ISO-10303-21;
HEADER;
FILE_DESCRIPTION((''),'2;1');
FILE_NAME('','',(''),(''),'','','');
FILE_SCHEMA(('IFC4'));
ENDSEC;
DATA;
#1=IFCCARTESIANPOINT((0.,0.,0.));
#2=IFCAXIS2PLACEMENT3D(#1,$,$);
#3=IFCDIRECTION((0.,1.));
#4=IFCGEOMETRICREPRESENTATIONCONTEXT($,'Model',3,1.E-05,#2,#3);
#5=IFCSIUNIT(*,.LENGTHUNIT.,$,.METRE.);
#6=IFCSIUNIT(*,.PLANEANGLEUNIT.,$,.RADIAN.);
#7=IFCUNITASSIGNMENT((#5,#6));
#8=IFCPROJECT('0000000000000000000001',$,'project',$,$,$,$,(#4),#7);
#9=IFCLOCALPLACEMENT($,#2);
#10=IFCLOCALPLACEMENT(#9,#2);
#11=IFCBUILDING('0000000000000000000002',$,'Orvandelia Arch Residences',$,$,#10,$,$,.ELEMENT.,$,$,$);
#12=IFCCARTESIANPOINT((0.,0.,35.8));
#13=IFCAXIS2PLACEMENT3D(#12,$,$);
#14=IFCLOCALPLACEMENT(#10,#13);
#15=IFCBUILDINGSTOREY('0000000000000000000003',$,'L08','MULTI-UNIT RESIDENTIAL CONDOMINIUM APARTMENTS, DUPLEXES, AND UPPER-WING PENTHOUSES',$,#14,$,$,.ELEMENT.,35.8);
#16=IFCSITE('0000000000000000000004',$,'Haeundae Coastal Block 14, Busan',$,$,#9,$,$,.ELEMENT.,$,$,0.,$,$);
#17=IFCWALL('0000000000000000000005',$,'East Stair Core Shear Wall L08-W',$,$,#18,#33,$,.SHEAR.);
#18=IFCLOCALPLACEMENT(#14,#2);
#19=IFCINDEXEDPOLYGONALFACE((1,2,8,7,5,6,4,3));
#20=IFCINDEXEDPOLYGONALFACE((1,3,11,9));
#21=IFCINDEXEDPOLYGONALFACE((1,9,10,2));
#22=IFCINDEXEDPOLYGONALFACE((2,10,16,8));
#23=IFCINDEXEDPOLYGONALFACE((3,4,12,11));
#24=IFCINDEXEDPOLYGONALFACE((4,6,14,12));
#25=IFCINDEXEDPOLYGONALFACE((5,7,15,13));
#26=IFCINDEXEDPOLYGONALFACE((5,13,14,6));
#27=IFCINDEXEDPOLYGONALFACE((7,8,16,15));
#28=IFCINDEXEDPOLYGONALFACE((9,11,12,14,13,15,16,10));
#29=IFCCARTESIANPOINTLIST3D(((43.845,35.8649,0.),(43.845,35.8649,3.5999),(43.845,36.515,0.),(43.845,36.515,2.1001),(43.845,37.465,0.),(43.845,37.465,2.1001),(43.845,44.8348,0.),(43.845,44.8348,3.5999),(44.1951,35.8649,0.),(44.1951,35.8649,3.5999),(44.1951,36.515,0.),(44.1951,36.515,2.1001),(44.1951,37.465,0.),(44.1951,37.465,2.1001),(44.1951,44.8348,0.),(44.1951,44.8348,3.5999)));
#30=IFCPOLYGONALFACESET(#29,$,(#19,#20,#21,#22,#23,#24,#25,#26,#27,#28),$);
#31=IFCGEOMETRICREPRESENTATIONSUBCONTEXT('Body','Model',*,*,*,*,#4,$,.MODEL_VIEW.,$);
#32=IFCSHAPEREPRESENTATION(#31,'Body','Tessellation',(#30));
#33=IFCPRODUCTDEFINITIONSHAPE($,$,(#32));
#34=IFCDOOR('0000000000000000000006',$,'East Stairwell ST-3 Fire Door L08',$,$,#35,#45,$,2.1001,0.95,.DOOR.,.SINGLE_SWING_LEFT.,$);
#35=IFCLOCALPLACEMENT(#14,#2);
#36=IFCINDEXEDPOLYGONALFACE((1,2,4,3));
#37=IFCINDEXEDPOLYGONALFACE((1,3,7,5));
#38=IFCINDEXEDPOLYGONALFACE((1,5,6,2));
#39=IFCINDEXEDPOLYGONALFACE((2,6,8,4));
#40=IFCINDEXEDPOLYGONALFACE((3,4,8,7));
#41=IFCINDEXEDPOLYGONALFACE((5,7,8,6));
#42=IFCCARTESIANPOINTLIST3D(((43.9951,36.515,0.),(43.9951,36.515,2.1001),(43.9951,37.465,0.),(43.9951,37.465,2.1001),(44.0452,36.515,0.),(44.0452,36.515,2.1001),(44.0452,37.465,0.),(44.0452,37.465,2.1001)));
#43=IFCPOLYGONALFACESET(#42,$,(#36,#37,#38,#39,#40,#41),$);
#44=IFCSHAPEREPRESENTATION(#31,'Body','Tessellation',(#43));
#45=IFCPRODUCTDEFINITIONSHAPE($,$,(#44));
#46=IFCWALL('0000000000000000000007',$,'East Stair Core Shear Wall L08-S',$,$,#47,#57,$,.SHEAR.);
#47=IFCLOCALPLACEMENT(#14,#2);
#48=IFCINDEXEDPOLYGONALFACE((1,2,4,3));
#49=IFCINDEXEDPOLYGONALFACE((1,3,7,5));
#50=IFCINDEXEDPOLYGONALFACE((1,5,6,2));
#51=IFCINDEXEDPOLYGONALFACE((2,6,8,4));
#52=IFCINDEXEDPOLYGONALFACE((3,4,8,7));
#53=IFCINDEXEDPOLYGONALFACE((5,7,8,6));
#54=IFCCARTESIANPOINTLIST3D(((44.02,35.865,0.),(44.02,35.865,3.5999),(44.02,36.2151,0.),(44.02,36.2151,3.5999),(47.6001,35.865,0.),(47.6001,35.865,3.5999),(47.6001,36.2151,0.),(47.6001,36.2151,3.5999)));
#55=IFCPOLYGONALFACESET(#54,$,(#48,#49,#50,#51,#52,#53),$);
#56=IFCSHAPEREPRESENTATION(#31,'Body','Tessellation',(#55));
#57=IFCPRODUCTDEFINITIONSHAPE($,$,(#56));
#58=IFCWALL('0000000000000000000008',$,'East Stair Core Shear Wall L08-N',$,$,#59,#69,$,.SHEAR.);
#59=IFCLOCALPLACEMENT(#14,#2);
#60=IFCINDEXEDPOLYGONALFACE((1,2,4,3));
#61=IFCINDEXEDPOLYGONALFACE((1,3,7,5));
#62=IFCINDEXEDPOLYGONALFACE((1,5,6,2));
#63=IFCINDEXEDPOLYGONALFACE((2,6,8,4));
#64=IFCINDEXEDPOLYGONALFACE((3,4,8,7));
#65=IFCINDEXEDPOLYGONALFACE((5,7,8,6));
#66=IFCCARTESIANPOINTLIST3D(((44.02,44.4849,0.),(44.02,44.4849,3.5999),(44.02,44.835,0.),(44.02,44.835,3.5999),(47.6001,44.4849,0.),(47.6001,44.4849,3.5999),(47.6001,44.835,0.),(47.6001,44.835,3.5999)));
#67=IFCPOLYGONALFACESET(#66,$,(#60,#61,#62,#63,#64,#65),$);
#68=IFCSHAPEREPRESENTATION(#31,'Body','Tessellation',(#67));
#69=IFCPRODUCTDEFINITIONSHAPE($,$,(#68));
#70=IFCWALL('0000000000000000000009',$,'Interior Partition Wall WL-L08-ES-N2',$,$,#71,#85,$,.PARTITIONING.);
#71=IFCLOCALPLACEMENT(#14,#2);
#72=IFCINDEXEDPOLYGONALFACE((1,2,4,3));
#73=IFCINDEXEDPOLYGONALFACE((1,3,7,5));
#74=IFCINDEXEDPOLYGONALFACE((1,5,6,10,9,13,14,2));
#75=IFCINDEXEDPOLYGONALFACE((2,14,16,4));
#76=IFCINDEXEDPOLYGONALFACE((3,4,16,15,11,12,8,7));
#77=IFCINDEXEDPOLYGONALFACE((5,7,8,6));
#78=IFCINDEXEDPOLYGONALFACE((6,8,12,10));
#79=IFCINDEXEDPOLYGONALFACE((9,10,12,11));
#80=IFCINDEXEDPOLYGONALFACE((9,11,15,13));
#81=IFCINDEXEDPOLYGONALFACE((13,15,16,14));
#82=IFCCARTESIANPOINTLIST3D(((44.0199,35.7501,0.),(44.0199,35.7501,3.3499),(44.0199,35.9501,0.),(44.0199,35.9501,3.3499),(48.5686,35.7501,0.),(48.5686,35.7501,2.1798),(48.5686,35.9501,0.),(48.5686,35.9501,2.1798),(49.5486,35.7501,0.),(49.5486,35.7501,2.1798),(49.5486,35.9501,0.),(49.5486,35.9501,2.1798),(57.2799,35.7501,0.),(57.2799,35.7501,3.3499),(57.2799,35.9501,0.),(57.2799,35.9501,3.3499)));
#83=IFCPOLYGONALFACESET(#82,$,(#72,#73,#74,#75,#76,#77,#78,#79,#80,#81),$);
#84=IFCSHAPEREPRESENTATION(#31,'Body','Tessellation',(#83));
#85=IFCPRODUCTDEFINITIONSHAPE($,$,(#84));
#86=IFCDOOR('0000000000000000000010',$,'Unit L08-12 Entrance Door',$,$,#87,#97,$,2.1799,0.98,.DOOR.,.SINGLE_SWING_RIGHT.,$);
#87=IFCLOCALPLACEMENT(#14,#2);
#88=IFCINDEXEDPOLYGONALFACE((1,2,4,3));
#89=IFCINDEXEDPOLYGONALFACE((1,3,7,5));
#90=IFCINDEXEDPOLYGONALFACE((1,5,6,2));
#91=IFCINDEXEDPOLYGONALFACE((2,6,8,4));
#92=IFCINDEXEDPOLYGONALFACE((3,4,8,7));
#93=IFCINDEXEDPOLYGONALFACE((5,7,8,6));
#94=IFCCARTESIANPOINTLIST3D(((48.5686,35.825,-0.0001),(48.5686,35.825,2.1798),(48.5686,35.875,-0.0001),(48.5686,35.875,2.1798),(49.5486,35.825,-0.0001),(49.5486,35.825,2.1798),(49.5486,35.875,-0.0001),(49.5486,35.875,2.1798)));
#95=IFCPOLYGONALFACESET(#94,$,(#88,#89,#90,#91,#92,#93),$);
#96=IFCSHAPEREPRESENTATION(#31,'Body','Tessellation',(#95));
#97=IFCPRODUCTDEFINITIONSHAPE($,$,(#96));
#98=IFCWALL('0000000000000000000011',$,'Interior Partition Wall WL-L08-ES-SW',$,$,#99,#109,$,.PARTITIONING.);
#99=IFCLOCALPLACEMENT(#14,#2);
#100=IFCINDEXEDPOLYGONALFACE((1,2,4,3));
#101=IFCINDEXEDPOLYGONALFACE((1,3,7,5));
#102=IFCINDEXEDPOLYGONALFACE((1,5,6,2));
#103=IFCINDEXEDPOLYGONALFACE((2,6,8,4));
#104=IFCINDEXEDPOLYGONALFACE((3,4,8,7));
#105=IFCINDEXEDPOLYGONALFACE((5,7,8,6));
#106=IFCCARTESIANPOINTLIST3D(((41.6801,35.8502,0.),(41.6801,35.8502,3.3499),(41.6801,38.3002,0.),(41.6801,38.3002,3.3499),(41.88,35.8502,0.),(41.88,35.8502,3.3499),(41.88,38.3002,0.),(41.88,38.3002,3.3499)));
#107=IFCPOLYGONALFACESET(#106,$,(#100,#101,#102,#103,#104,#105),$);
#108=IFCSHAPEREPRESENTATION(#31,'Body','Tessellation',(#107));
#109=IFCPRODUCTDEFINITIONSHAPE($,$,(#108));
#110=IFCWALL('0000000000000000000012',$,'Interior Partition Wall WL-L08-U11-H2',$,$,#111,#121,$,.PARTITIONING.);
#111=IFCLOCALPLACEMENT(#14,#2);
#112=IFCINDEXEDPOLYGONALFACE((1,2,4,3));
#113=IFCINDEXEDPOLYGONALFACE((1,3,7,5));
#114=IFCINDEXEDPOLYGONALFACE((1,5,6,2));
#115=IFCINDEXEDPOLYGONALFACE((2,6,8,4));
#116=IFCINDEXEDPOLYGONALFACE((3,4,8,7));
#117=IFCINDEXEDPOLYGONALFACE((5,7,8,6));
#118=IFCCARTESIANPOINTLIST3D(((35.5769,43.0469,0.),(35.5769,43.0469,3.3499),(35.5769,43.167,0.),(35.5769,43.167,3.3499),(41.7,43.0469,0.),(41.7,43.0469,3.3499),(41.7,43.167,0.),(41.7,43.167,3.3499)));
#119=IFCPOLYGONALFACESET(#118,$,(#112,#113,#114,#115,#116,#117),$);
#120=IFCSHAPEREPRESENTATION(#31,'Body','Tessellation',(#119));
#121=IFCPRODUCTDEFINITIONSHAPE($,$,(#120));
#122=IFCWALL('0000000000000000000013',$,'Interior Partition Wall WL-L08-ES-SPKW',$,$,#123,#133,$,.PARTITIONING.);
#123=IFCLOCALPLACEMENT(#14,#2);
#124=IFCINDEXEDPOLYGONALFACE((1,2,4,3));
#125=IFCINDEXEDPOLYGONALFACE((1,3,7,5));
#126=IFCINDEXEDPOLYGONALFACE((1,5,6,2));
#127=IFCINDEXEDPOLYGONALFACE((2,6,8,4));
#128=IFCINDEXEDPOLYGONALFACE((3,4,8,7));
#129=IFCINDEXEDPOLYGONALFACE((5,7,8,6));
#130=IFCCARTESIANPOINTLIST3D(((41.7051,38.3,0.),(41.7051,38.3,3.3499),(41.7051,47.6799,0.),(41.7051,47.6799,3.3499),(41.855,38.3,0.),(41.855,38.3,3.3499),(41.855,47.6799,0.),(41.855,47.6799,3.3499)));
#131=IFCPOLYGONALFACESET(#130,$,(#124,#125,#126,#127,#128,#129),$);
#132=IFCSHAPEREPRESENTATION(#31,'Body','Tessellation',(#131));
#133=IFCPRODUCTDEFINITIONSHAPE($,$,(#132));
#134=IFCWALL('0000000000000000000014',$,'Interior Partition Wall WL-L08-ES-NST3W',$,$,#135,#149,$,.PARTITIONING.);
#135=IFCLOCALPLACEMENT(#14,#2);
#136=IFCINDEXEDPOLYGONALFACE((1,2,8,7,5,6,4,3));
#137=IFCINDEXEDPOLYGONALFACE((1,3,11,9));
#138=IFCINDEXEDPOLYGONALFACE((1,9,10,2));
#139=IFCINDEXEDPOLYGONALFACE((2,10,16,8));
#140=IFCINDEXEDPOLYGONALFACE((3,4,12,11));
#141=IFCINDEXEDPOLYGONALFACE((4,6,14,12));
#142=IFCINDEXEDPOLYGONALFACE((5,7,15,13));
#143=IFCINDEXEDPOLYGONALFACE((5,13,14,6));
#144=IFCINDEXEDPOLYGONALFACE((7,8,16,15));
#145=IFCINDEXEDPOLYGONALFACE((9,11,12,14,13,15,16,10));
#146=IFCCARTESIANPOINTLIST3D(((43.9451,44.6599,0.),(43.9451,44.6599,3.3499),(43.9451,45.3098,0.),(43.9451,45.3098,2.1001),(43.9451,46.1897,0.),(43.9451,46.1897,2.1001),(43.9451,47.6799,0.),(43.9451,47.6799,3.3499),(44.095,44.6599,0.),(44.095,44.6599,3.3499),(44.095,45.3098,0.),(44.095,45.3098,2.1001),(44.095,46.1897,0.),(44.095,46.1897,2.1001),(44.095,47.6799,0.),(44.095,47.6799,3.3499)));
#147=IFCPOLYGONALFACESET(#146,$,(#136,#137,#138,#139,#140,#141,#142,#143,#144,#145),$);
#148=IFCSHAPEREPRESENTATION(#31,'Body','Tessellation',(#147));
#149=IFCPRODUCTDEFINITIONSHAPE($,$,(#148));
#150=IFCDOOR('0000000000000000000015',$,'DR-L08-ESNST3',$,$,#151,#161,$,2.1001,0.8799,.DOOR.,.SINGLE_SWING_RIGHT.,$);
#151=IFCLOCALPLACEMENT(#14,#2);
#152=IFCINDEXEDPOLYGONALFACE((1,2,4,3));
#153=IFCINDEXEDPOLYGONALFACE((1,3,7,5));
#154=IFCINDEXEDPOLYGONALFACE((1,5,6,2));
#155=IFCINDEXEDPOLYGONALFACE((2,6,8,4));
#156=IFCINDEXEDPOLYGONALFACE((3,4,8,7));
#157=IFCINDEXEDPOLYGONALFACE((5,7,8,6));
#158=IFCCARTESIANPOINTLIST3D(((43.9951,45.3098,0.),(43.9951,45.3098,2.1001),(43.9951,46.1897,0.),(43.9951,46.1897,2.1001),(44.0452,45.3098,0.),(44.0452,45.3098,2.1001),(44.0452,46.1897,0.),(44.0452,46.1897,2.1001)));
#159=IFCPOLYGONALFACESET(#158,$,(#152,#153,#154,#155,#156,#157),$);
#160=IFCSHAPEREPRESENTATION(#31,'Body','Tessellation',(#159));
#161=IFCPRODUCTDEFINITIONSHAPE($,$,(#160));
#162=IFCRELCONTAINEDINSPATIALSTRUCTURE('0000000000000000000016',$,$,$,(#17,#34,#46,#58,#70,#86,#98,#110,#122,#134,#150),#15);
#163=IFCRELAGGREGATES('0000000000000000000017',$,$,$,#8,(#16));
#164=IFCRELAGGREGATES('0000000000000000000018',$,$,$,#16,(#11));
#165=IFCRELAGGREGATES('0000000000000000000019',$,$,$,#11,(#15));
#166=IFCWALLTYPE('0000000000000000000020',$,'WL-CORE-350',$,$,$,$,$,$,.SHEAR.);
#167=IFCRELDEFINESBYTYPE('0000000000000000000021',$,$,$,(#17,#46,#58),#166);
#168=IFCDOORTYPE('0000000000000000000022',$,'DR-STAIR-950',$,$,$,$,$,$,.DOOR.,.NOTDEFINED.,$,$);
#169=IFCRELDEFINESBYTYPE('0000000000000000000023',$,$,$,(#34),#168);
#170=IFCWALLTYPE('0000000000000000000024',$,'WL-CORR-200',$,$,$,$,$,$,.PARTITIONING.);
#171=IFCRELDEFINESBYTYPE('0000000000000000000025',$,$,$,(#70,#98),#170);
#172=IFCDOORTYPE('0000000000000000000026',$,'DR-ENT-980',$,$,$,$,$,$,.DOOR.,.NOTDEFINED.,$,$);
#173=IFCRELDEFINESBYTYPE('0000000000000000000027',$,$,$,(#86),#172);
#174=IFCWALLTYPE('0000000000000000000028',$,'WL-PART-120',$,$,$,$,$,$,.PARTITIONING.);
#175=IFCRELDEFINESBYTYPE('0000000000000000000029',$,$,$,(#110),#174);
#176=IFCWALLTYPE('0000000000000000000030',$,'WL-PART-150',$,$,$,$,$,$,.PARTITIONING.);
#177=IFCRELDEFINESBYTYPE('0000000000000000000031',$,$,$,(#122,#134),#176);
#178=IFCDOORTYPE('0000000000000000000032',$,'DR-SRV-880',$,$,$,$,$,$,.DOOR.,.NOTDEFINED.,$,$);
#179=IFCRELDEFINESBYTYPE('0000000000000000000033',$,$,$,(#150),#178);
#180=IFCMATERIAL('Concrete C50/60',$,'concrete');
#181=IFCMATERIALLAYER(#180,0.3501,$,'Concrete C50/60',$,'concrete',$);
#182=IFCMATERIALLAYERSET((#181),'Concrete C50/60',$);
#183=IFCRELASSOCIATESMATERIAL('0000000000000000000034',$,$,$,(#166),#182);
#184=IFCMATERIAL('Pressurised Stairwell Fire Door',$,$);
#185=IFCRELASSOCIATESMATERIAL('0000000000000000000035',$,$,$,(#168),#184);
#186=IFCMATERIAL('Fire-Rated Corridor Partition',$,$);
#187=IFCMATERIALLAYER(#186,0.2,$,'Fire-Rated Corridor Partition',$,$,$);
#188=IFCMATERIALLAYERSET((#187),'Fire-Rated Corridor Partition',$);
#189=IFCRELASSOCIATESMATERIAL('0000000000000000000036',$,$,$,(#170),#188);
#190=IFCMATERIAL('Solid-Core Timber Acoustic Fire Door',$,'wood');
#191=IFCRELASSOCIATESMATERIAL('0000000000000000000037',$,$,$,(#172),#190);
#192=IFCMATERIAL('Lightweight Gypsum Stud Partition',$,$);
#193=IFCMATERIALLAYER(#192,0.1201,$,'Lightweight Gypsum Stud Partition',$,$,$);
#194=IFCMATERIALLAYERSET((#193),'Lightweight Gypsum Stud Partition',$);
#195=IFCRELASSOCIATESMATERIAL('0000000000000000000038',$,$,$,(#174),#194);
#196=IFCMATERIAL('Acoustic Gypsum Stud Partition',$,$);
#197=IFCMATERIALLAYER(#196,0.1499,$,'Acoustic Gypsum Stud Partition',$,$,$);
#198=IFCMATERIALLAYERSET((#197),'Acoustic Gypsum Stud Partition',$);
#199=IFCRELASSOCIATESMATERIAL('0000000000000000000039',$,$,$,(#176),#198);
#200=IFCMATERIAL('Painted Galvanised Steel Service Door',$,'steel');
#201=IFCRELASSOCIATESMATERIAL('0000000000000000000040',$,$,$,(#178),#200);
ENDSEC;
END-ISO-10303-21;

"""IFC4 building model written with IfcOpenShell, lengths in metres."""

from ifc_helpers import new_model, si_unit, direction, frame, frame_2d, origin, place, context, subcontext, project, spatial, rectangle, extrude, material, layer, layer_set, type_object, element, fill, save


model = new_model("IFC4")

# Units and contexts
model_context = context("Model", 3, precision=1e-05, world=origin(), true_north=direction((0.0, 1.0)))
body_context = subcontext(model_context, "Body", "Model", "MODEL_VIEW")
ifc_project = project(units=[si_unit("LENGTHUNIT", "METRE"), si_unit("PLANEANGLEUNIT", "RADIAN")], contexts=[model_context])

# Site, building, storey
site_placement = place(None, origin())
site = spatial("IfcSite", under=ifc_project, at=site_placement, Name="Haeundae Coastal Block 14, Busan", CompositionType="ELEMENT", RefElevation=0.0)
building_placement = place(site_placement, origin())
building = spatial("IfcBuilding", under=site, at=building_placement, Name="Orvandelia Arch Residences", CompositionType="ELEMENT")
storey_placement = place(building_placement, frame((0.0, 0.0, 35.8)))
storey = spatial("IfcBuildingStorey", under=building, at=storey_placement, Name="L08", Description="MULTI-UNIT RESIDENTIAL CONDOMINIUM APARTMENTS, DUPLEXES, AND UPPER-WING PENTHOUSES", CompositionType="ELEMENT", Elevation=35.8)

# Wall, opening, door
ifc_material_1 = material(Name="Concrete C50/60", Category="concrete")
ifc_layer_1 = layer(ifc_material_1, 0.3501, Name="Concrete C50/60", Category="concrete")
ifc_layer_set_1 = layer_set([ifc_layer_1], Name="Concrete C50/60")
wall_type_1 = type_object("IfcWallType", Name="WL-CORE-350", PredefinedType="SHEAR", material=ifc_layer_set_1)
wall_1_placement = place(storey_placement, frame((44.02, 35.865, 0.0), z_axis=(0.0, 0.0, 1.0), x_axis=(0.0, 1.0, 0.0)))
wall_1 = element("IfcWall", 1, at=wall_1_placement, inside=storey, type_object=wall_type_1, Name="East Stair Core Shear Wall L08-W", PredefinedType="SHEAR", context=body_context, shape_type="SweptSolid", body=[
    extrude(rectangle(XDim=8.97, YDim=0.3501, at=frame_2d((4.4849, 0.0))), origin(), (0.0, 0.0, 1.0), 3.5999),
])
opening_1_placement = place(wall_1_placement, frame((0.6499, 0.0, 0.0)))
opening_1 = element("IfcOpeningElement", 2, at=opening_1_placement, cuts=wall_1, PredefinedType="OPENING", context=body_context, shape_type="SweptSolid", body=[
    extrude(rectangle(XDim=0.95, YDim=2.1001, at=frame_2d((0.4751, 1.05))), frame((0.0, 0.1851, 0.0), z_axis=(0.0, -1.0, 0.0), x_axis=(1.0, 0.0, 0.0)), (0.0, 0.0, 1.0), 0.3701),
])
ifc_material_2 = material(Name="Pressurised Stairwell Fire Door")
door_type_1 = type_object("IfcDoorType", Name="DR-STAIR-950", OperationType="NOTDEFINED", PredefinedType="DOOR", material=ifc_material_2)
door_1_placement = place(opening_1_placement, origin())
door_1 = element("IfcDoor", 3, at=door_1_placement, inside=storey, type_object=door_type_1, Name="East Stairwell ST-3 Fire Door L08", OperationType="SINGLE_SWING_LEFT", OverallHeight=2.1001, OverallWidth=0.95, PredefinedType="DOOR", context=body_context, shape_type="SweptSolid", body=[
    extrude(rectangle(XDim=0.95, YDim=2.1001, at=frame_2d((0.4751, 1.05))), frame((0.0, 0.0249, 0.0), z_axis=(0.0, -1.0, 0.0), x_axis=(1.0, 0.0, 0.0)), (0.0, 0.0, 1.0), 0.05),
])
fill(opening_1, door_1)

# Walls
for number, where, z_axis, x_axis, name in (
    (4, (44.02, 36.04, 0.0), (0.0, 0.0, 1.0), (1.0, 0.0, 0.0), "East Stair Core Shear Wall L08-S"),
    (5, (44.02, 44.6599, 0.0), (0.0, 0.0, 1.0), (1.0, 0.0, 0.0), "East Stair Core Shear Wall L08-N"),
):
    element("IfcWall", number, at=place(storey_placement, frame(where, z_axis=z_axis, x_axis=x_axis)), inside=storey, type_object=wall_type_1, Name=name, PredefinedType="SHEAR", context=body_context, shape_type="SweptSolid", body=[
        extrude(rectangle(XDim=3.5801, YDim=0.3501, at=frame_2d((1.79, 0.0))), origin(), (0.0, 0.0, 1.0), 3.5999),
    ])

# Wall, opening, door
ifc_material_3 = material(Name="Fire-Rated Corridor Partition")
ifc_layer_2 = layer(ifc_material_3, 0.2, Name="Fire-Rated Corridor Partition")
ifc_layer_set_2 = layer_set([ifc_layer_2], Name="Fire-Rated Corridor Partition")
wall_type_2 = type_object("IfcWallType", Name="WL-CORR-200", PredefinedType="PARTITIONING", material=ifc_layer_set_2)
wall_2_placement = place(storey_placement, frame((44.02, 35.8501, 0.0), z_axis=(0.0, 0.0, 1.0), x_axis=(1.0, 0.0, 0.0)))
wall_2 = element("IfcWall", 6, at=wall_2_placement, inside=storey, type_object=wall_type_2, Name="Interior Partition Wall WL-L08-ES-N2", PredefinedType="PARTITIONING", context=body_context, shape_type="SweptSolid", body=[
    extrude(rectangle(XDim=13.26, YDim=0.2, at=frame_2d((6.6299, 0.0))), origin(), (0.0, 0.0, 1.0), 3.3499),
])
opening_2_placement = place(wall_2_placement, frame((4.5486, 0.0, 0.0)))
opening_2 = element("IfcOpeningElement", 7, at=opening_2_placement, cuts=wall_2, PredefinedType="OPENING", context=body_context, shape_type="SweptSolid", body=[
    extrude(rectangle(XDim=0.98, YDim=2.1799, at=frame_2d((0.49, 1.0898))), frame((0.0, 0.1099, 0.0), z_axis=(0.0, -1.0, 0.0), x_axis=(1.0, 0.0, 0.0)), (0.0, 0.0, 1.0), 0.22),
])
ifc_material_4 = material(Name="Solid-Core Timber Acoustic Fire Door", Category="wood")
door_type_2 = type_object("IfcDoorType", Name="DR-ENT-980", OperationType="NOTDEFINED", PredefinedType="DOOR", material=ifc_material_4)
door_2_placement = place(opening_2_placement, origin())
door_2 = element("IfcDoor", 8, at=door_2_placement, inside=storey, type_object=door_type_2, Name="Unit L08-12 Entrance Door", OperationType="SINGLE_SWING_RIGHT", OverallHeight=2.1799, OverallWidth=0.98, PredefinedType="DOOR", context=body_context, shape_type="SweptSolid", body=[
    extrude(rectangle(XDim=0.98, YDim=2.1799, at=frame_2d((0.49, 1.0898))), frame((0.0, 0.0249, 0.0), z_axis=(0.0, -1.0, 0.0), x_axis=(1.0, 0.0, 0.0)), (0.0, 0.0, 1.0), 0.05),
])
fill(opening_2, door_2)

# Wall
wall_3_placement = place(storey_placement, frame((41.78, 35.8501, 0.0), z_axis=(0.0, 0.0, 1.0), x_axis=(0.0, 1.0, 0.0)))
element("IfcWall", 9, at=wall_3_placement, inside=storey, type_object=wall_type_2, Name="Interior Partition Wall WL-L08-ES-SW", PredefinedType="PARTITIONING", context=body_context, shape_type="SweptSolid", body=[
    extrude(rectangle(XDim=2.45, YDim=0.2, at=frame_2d((1.2251, 0.0))), origin(), (0.0, 0.0, 1.0), 3.3499),
])

# Walls
ifc_material_5 = material(Name="Lightweight Gypsum Stud Partition")
ifc_layer_3 = layer(ifc_material_5, 0.1201, Name="Lightweight Gypsum Stud Partition")
ifc_layer_set_3 = layer_set([ifc_layer_3], Name="Lightweight Gypsum Stud Partition")
wall_type_3 = type_object("IfcWallType", Name="WL-PART-120", PredefinedType="PARTITIONING", material=ifc_layer_set_3)
wall_4_placement = place(storey_placement, frame((35.5769, 43.1069, 0.0), z_axis=(0.0, 0.0, 1.0), x_axis=(1.0, 0.0, 0.0)))
element("IfcWall", 10, at=wall_4_placement, inside=storey, type_object=wall_type_3, Name="Interior Partition Wall WL-L08-U11-H2", PredefinedType="PARTITIONING", context=body_context, shape_type="SweptSolid", body=[
    extrude(rectangle(XDim=6.123, YDim=0.1201, at=frame_2d((3.0615, 0.0))), origin(), (0.0, 0.0, 1.0), 3.3499),
])
ifc_material_6 = material(Name="Acoustic Gypsum Stud Partition")
ifc_layer_4 = layer(ifc_material_6, 0.1499, Name="Acoustic Gypsum Stud Partition")
ifc_layer_set_4 = layer_set([ifc_layer_4], Name="Acoustic Gypsum Stud Partition")
wall_type_4 = type_object("IfcWallType", Name="WL-PART-150", PredefinedType="PARTITIONING", material=ifc_layer_set_4)
wall_5_placement = place(storey_placement, frame((41.78, 38.3, 0.0), z_axis=(0.0, 0.0, 1.0), x_axis=(0.0, 1.0, 0.0)))
element("IfcWall", 11, at=wall_5_placement, inside=storey, type_object=wall_type_4, Name="Interior Partition Wall WL-L08-ES-SPKW", PredefinedType="PARTITIONING", context=body_context, shape_type="SweptSolid", body=[
    extrude(rectangle(XDim=9.3799, YDim=0.1499, at=frame_2d((4.6899, 0.0))), origin(), (0.0, 0.0, 1.0), 3.3499),
])

# Wall, opening, door
wall_6_placement = place(storey_placement, frame((44.02, 44.6599, 0.0), z_axis=(0.0, 0.0, 1.0), x_axis=(0.0, 1.0, 0.0)))
wall_6 = element("IfcWall", 12, at=wall_6_placement, inside=storey, type_object=wall_type_4, Name="Interior Partition Wall WL-L08-ES-NST3W", PredefinedType="PARTITIONING", context=body_context, shape_type="SweptSolid", body=[
    extrude(rectangle(XDim=3.02, YDim=0.1499, at=frame_2d((1.51, 0.0))), origin(), (0.0, 0.0, 1.0), 3.3499),
])
opening_3_placement = place(wall_6_placement, frame((0.6499, 0.0, 0.0)))
opening_3 = element("IfcOpeningElement", 13, at=opening_3_placement, cuts=wall_6, PredefinedType="OPENING", context=body_context, shape_type="SweptSolid", body=[
    extrude(rectangle(XDim=0.8799, YDim=2.1001, at=frame_2d((0.4399, 1.05))), frame((0.0, 0.085, 0.0), z_axis=(0.0, -1.0, 0.0), x_axis=(1.0, 0.0, 0.0)), (0.0, 0.0, 1.0), 0.1699),
])
ifc_material_7 = material(Name="Painted Galvanised Steel Service Door", Category="steel")
door_type_3 = type_object("IfcDoorType", Name="DR-SRV-880", OperationType="NOTDEFINED", PredefinedType="DOOR", material=ifc_material_7)
door_3_placement = place(opening_3_placement, origin())
door_3 = element("IfcDoor", 14, at=door_3_placement, inside=storey, type_object=door_type_3, Name="DR-L08-ESNST3", OperationType="SINGLE_SWING_RIGHT", OverallHeight=2.1001, OverallWidth=0.8799, PredefinedType="DOOR", context=body_context, shape_type="SweptSolid", body=[
    extrude(rectangle(XDim=0.8799, YDim=2.1001, at=frame_2d((0.4399, 1.05))), frame((0.0, 0.0249, 0.0), z_axis=(0.0, -1.0, 0.0), x_axis=(1.0, 0.0, 0.0)), (0.0, 0.0, 1.0), 0.05),
])
fill(opening_3, door_3)

save(model, "model.ifc")
